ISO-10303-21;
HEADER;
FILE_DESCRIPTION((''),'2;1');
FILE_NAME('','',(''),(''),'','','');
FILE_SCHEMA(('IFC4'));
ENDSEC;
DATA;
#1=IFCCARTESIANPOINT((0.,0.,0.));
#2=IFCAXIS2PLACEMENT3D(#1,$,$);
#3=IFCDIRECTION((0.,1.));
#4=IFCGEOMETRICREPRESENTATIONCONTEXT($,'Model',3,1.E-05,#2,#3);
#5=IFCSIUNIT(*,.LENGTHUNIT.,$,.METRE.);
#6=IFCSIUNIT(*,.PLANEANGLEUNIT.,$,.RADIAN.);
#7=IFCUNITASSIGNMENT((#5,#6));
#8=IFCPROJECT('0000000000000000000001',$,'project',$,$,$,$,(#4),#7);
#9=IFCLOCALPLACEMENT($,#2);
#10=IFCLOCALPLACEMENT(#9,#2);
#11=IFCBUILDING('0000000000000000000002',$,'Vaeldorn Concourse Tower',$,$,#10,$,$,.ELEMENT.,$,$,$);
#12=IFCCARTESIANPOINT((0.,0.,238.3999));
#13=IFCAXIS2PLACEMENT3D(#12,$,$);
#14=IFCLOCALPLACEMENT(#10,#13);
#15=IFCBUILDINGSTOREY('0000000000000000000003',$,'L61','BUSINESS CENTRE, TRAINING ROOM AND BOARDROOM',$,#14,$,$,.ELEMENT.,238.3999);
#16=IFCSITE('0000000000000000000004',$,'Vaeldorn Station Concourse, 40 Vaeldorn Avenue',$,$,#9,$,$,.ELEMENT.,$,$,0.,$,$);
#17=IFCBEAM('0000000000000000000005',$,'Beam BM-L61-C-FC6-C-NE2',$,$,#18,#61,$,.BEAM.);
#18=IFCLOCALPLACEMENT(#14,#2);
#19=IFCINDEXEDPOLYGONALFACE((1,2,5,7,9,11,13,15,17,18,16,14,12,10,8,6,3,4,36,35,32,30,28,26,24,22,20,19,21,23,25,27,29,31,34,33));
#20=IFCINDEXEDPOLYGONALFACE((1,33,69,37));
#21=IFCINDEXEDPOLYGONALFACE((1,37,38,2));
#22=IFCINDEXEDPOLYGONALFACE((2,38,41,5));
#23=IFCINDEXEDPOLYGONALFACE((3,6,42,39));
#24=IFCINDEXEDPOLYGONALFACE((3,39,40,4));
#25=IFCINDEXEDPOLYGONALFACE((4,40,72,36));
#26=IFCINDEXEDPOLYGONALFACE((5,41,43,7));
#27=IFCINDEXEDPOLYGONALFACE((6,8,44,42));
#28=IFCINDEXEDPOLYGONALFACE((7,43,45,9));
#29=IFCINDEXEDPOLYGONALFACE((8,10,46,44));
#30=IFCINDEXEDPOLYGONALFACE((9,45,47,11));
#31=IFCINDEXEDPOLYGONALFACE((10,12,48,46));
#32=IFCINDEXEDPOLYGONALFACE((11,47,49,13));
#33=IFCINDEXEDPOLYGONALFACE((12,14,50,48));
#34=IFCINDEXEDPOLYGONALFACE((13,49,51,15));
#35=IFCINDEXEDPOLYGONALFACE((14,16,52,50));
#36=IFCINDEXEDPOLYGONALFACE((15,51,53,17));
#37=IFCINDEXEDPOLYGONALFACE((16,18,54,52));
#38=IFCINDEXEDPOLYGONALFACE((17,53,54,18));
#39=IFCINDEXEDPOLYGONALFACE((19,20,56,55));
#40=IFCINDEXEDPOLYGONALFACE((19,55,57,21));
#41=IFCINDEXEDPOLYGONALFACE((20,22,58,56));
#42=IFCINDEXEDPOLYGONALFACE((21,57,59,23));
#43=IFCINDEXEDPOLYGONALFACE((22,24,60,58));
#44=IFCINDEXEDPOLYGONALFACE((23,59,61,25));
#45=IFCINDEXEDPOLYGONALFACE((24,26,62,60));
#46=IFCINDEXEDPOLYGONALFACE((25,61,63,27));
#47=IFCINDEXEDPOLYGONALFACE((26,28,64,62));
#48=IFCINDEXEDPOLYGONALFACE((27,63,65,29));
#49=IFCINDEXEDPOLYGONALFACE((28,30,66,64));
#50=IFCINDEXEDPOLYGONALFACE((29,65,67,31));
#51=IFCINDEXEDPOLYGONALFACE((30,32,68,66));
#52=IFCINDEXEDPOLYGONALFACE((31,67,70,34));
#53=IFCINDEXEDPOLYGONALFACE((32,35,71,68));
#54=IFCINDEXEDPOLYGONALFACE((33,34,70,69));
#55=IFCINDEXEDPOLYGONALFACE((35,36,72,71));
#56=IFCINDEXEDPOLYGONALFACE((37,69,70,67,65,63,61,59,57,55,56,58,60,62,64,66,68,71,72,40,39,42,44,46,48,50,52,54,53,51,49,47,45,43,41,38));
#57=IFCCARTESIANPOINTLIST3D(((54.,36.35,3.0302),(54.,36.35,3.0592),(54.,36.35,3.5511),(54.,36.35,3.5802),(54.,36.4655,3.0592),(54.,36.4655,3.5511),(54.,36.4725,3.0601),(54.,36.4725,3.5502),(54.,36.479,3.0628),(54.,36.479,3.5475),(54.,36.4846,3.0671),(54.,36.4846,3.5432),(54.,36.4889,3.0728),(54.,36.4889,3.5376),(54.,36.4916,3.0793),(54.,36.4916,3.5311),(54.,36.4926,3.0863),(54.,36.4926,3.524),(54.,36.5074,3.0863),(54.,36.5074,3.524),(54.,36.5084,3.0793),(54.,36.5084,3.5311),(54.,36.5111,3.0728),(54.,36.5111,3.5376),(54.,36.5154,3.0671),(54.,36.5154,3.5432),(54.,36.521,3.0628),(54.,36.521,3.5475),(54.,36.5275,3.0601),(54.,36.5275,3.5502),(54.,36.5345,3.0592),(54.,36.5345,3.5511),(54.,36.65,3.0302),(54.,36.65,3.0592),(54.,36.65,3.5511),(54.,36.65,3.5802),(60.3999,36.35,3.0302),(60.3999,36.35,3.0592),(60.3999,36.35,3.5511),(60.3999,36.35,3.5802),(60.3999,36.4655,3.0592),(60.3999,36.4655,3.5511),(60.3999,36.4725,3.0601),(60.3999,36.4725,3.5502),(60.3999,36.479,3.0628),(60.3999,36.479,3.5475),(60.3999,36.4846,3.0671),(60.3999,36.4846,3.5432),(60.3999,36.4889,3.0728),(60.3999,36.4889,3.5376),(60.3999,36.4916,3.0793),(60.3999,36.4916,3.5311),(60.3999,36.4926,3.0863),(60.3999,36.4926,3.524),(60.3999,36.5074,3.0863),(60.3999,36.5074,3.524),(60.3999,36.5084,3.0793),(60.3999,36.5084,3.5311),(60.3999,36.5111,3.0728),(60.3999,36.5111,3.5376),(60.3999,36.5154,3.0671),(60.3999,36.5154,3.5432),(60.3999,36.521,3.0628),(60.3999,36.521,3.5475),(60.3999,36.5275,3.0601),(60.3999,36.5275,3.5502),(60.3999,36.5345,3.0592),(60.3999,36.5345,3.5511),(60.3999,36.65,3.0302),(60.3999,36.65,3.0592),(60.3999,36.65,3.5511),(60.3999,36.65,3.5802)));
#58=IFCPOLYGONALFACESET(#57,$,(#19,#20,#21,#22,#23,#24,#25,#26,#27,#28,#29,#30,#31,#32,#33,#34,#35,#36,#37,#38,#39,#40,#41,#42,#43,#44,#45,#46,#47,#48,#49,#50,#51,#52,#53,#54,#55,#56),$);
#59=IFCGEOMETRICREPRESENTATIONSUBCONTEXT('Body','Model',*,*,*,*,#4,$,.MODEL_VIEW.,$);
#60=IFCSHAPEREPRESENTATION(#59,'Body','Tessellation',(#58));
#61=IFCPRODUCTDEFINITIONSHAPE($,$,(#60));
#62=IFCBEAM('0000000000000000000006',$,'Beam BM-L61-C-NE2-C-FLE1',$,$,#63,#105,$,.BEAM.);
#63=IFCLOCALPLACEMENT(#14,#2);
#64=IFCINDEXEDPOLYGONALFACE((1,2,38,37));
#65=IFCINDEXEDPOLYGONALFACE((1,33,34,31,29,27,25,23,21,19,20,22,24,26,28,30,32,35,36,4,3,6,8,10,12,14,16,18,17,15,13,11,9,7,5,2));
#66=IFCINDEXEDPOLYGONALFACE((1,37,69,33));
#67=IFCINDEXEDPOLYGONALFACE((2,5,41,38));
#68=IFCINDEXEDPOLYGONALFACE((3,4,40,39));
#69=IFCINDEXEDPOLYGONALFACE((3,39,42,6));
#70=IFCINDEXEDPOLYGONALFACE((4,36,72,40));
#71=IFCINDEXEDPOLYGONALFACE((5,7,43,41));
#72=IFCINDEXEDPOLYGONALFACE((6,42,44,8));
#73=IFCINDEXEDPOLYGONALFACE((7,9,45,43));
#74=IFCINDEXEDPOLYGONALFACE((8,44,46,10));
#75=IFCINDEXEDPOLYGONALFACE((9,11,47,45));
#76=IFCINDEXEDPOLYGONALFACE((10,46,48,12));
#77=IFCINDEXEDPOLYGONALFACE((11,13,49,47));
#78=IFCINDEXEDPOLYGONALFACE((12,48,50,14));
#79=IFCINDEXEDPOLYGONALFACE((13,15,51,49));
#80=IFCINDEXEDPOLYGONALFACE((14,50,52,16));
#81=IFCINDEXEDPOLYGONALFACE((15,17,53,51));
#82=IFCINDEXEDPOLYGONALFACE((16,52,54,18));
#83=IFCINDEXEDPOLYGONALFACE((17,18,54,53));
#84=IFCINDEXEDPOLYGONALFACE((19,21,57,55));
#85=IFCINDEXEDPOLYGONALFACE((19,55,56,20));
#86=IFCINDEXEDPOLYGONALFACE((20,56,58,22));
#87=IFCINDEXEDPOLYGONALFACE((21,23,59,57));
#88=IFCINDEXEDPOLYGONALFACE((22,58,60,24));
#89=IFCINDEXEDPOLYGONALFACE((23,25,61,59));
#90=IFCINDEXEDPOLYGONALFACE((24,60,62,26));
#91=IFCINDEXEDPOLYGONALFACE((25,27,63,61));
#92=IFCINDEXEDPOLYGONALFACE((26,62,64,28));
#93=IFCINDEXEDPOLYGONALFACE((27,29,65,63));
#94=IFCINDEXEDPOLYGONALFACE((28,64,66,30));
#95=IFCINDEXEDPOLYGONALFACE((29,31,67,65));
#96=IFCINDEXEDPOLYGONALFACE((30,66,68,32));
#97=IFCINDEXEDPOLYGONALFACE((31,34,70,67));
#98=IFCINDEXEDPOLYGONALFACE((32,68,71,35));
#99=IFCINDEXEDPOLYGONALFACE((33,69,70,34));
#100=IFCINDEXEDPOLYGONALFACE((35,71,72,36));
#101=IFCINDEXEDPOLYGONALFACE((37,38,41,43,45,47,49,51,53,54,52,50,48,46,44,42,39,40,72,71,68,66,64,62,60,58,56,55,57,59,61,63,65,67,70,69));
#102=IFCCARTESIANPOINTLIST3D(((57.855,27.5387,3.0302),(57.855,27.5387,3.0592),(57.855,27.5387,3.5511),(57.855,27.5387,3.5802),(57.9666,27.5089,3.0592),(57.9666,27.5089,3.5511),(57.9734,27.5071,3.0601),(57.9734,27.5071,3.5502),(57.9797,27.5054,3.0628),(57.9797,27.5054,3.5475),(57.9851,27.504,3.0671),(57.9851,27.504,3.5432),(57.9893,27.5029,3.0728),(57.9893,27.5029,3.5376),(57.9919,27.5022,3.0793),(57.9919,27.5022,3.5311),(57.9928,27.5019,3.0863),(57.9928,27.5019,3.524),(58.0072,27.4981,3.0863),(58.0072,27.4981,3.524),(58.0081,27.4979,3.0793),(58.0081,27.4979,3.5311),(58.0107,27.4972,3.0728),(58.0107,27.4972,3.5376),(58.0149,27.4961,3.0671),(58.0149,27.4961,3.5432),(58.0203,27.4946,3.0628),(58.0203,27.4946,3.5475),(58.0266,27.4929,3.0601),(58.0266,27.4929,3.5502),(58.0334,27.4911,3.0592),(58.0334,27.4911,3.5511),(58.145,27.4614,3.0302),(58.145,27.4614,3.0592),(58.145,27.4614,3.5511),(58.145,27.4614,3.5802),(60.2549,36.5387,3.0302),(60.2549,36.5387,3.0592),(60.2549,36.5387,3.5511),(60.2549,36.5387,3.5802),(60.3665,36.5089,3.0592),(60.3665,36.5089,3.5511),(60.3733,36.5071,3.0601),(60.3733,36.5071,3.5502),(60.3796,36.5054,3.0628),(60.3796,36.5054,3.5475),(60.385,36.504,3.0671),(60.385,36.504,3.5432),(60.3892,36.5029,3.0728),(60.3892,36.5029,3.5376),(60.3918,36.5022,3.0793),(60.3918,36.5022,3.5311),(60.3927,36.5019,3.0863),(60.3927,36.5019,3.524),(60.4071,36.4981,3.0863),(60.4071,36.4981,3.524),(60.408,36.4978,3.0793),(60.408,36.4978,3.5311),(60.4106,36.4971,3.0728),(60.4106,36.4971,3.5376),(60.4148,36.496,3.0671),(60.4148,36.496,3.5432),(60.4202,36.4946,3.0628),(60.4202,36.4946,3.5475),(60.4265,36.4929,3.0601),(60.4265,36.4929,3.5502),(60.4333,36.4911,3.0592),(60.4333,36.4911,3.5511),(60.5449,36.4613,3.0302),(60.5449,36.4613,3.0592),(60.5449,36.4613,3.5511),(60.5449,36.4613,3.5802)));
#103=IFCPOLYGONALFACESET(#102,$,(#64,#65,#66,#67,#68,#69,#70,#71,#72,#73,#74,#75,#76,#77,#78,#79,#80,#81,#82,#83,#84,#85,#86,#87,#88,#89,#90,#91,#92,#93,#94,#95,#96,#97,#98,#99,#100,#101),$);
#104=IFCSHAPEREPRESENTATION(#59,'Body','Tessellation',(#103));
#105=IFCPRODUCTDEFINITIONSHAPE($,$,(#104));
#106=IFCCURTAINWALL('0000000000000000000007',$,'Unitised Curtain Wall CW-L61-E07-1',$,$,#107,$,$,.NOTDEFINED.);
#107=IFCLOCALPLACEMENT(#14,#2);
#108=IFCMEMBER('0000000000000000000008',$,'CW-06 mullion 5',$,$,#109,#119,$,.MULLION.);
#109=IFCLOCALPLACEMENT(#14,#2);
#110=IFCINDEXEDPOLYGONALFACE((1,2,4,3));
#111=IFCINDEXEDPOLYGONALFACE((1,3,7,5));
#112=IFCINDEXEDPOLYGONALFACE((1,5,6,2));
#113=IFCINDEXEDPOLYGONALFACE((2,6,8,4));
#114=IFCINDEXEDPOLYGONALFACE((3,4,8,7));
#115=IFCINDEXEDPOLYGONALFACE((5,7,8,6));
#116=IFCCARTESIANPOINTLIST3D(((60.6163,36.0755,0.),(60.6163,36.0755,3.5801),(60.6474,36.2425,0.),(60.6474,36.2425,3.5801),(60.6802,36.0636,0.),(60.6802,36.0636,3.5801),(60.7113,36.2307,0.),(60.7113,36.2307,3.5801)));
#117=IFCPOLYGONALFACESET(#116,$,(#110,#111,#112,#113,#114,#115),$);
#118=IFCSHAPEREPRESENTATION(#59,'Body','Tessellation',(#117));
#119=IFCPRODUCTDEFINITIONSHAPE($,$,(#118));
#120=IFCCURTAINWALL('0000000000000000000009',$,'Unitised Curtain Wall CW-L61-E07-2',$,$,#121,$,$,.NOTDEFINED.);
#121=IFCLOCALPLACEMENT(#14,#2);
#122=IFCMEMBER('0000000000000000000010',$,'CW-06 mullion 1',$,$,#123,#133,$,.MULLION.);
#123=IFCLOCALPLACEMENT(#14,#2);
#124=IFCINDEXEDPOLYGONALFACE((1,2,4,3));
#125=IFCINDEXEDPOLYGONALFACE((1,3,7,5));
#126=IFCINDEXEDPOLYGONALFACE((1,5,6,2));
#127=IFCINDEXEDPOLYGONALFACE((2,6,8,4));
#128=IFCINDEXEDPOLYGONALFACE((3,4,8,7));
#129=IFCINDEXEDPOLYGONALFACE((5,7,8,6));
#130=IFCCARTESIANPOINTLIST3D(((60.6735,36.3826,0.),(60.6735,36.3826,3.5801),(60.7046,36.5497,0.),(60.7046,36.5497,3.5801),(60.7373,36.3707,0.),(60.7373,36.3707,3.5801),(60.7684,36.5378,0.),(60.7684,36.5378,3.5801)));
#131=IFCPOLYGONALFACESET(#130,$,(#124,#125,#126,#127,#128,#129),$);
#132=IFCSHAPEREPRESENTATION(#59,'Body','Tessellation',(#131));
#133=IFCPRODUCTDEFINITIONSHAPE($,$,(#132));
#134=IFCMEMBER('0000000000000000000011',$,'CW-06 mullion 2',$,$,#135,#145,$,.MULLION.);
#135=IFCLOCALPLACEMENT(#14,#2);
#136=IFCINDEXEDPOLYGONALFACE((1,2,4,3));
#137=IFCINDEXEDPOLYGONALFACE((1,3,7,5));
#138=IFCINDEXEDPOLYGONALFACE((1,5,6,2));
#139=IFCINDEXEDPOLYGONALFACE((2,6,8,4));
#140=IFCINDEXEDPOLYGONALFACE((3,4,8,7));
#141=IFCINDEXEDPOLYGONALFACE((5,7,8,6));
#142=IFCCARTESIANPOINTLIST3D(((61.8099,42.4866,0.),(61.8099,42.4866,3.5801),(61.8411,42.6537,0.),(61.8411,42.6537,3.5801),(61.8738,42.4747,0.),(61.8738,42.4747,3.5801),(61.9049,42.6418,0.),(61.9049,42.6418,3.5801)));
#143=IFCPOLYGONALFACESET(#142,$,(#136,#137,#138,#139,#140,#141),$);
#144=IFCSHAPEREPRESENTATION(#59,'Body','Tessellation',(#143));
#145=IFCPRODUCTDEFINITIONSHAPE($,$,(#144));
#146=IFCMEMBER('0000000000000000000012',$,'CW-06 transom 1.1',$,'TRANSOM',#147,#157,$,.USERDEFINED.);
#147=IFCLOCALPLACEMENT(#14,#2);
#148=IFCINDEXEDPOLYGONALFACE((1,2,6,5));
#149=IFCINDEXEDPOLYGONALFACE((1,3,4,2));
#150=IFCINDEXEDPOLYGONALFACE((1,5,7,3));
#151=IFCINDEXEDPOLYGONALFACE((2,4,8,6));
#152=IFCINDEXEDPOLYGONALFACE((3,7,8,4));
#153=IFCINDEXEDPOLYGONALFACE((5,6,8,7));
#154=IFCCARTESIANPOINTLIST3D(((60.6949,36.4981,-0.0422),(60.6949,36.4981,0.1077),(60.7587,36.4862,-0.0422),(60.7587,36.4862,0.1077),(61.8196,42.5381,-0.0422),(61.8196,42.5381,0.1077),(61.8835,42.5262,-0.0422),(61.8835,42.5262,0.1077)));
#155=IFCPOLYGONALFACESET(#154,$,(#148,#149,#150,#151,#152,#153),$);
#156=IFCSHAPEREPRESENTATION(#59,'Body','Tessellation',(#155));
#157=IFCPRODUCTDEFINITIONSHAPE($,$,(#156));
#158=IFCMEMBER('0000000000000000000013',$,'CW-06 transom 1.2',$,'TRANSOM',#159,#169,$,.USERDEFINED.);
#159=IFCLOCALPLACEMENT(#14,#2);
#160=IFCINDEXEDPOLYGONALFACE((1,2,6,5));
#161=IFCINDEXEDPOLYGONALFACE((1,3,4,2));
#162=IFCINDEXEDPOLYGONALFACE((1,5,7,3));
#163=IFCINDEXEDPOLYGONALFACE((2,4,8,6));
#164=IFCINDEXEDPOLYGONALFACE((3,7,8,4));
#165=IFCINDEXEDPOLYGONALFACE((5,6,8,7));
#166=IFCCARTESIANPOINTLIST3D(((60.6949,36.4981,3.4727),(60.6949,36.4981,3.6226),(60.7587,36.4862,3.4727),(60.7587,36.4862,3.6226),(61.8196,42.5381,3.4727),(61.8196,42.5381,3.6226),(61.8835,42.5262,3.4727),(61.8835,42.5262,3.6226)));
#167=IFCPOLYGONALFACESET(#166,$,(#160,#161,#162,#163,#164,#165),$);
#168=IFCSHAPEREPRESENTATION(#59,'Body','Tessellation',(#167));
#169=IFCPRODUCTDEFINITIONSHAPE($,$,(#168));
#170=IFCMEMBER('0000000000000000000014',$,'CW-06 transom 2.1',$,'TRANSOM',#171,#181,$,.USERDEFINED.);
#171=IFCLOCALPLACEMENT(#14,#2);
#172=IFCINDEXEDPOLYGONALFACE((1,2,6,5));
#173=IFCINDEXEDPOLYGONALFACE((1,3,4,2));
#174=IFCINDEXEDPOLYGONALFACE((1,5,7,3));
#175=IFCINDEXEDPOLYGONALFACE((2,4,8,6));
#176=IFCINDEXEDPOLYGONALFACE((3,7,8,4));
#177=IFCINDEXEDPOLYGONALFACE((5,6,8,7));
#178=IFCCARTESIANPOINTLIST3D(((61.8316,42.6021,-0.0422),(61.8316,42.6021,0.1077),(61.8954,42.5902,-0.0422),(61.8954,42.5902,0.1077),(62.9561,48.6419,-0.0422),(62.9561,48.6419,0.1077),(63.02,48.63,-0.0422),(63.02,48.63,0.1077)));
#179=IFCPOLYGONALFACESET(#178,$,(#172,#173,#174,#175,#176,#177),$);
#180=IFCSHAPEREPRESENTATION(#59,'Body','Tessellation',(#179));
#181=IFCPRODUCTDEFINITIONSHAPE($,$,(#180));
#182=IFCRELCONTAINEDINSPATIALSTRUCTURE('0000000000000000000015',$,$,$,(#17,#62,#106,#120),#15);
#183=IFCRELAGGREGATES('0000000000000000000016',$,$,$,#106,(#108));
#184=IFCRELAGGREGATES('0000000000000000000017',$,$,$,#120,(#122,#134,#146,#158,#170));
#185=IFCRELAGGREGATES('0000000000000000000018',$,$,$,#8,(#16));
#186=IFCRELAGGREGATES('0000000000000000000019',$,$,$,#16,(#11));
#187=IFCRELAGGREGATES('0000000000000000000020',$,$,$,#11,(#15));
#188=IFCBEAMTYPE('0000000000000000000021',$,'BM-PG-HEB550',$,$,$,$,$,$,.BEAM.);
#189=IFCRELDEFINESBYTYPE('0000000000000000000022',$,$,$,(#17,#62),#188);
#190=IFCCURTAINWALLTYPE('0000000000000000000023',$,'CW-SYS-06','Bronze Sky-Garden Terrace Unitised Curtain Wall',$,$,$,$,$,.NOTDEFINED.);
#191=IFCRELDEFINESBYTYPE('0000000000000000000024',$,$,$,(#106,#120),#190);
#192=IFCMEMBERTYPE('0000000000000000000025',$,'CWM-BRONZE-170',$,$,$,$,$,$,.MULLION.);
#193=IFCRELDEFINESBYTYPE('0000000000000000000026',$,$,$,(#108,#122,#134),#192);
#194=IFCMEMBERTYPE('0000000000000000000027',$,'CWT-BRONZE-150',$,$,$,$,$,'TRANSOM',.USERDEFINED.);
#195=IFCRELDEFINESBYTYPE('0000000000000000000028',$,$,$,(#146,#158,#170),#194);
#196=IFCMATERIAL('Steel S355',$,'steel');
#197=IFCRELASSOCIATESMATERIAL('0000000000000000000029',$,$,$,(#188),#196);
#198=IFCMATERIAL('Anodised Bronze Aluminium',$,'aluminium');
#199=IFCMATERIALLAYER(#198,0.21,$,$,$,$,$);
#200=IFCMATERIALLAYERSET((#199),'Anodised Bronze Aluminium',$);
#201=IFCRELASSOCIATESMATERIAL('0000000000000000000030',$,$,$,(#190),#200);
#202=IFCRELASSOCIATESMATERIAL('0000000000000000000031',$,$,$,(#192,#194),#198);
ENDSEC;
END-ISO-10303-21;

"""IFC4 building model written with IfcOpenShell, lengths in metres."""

from ifc_helpers import new_model, si_unit, direction, frame, origin, origin_2d, place, context, subcontext, project, spatial, rectangle, i_section, extrude, source, transform, mapped, material, layer, layer_set, material_profile, profile_set, type_object, element, aggregate, save


model = new_model("IFC4")

# Units and contexts
model_context = context("Model", 3, precision=1e-05, world=origin(), true_north=direction((0.0, 1.0)))
body_context = subcontext(model_context, "Body", "Model", "MODEL_VIEW")
ifc_project = project(units=[si_unit("LENGTHUNIT", "METRE"), si_unit("PLANEANGLEUNIT", "RADIAN")], contexts=[model_context])

# Site, building, storey
site_placement = place(None, origin())
site = spatial("IfcSite", under=ifc_project, at=site_placement, Name="Vaeldorn Station Concourse, 40 Vaeldorn Avenue", CompositionType="ELEMENT", RefElevation=0.0)
building_placement = place(site_placement, origin())
building = spatial("IfcBuilding", under=site, at=building_placement, Name="Vaeldorn Concourse Tower", CompositionType="ELEMENT")
storey_placement = place(building_placement, frame((0.0, 0.0, 238.3999)))
storey = spatial("IfcBuildingStorey", under=building, at=storey_placement, Name="L61", Description="BUSINESS CENTRE, TRAINING ROOM AND BOARDROOM", CompositionType="ELEMENT", Elevation=238.3999)

# Shared definitions
ifc_material_1 = material(Name="Steel S355", Category="steel")

# Beams
ifc_material_profile_1 = material_profile(ifc_material_1, i_section(OverallWidth=0.3, OverallDepth=0.55, WebThickness=0.0149, FlangeThickness=0.0291, FilletRadius=0.0271, at=origin_2d()), Name="HEB 550")
ifc_profile_set_1 = profile_set([ifc_material_profile_1], Name="Steel S355")
beam_type_1 = type_object("IfcBeamType", Name="BM-PG-HEB550", PredefinedType="BEAM", material=ifc_profile_set_1)
shared_shape_1 = source(origin(), body_context, "Body", "SweptSolid", [
    extrude(i_section(OverallWidth=0.3, OverallDepth=0.55, WebThickness=0.0149, FlangeThickness=0.0291, FilletRadius=0.0271, at=origin_2d()), origin(), (0.0, 0.0, 1.0), 6.3999),
])
beam_1_placement = place(storey_placement, frame((54.0, 36.5, 3.3052), z_axis=(1.0, 0.0, 0.0), x_axis=(0.0, 1.0, 0.0)))
element("IfcBeam", 1, at=beam_1_placement, inside=storey, type_object=beam_type_1, Name="Beam BM-L61-C-FC6-C-NE2", PredefinedType="BEAM", context=body_context, shape_type="MappedRepresentation", body=[
    mapped(shared_shape_1, transform((0.0, 0.0, 0.0), scale=1.0)),
])
shared_shape_2 = source(origin(), body_context, "Body", "SweptSolid", [
    extrude(i_section(OverallWidth=0.3, OverallDepth=0.55, WebThickness=0.0149, FlangeThickness=0.0291, FilletRadius=0.0271, at=origin_2d()), origin(), (0.0, 0.0, 1.0), 9.3145),
])
beam_2_placement = place(storey_placement, frame((60.3999, 36.5, 3.3052), z_axis=(-0.257653, -0.966238, 0.0), x_axis=(0.966238, -0.257653, 0.0)))
element("IfcBeam", 2, at=beam_2_placement, inside=storey, type_object=beam_type_1, Name="Beam BM-L61-C-NE2-C-FLE1", PredefinedType="BEAM", context=body_context, shape_type="MappedRepresentation", body=[
    mapped(shared_shape_2, transform((0.0, 0.0, 0.0), scale=1.0)),
])

# Curtain wall, member
ifc_material_2 = material(Name="Anodised Bronze Aluminium", Category="aluminium")
ifc_layer_1 = layer(ifc_material_2, 0.21)
ifc_layer_set_1 = layer_set([ifc_layer_1], Name="Anodised Bronze Aluminium")
curtain_wall_type = type_object("IfcCurtainWallType", Name="CW-SYS-06", Description="Bronze Sky-Garden Terrace Unitised Curtain Wall", PredefinedType="NOTDEFINED", material=ifc_layer_set_1)
curtain_wall_1_placement = place(storey_placement, origin())
curtain_wall_1 = element("IfcCurtainWall", 3, at=curtain_wall_1_placement, inside=storey, type_object=curtain_wall_type, Name="Unitised Curtain Wall CW-L61-E07-1", PredefinedType="NOTDEFINED")
ifc_material_profile_2 = material_profile(ifc_material_2, rectangle(XDim=0.0649, YDim=0.1699, at=origin_2d()), Name="CWM 65x170")
ifc_profile_set_2 = profile_set([ifc_material_profile_2], Name="Anodised Bronze Aluminium")
member_type_1 = type_object("IfcMemberType", Name="CWM-BRONZE-170", PredefinedType="MULLION", material=ifc_profile_set_2)
shared_shape_3 = source(origin(), body_context, "Body", "SweptSolid", [
    extrude(rectangle(XDim=0.0649, YDim=0.1699, at=origin_2d()), origin(), (0.0, 0.0, 1.0), 3.5801),
])
member_1_placement = place(storey_placement, frame((60.6638, 36.1531, 0.0), z_axis=(0.0, 0.0, 1.0), x_axis=(-0.983103, 0.183055, 0.0)))
member_1 = element("IfcMember", 4, at=member_1_placement, type_object=member_type_1, Name="CW-06 mullion 5", PredefinedType="MULLION", context=body_context, shape_type="MappedRepresentation", body=[
    mapped(shared_shape_3, transform((0.0, 0.0, 0.0), scale=1.0)),
])
aggregate(curtain_wall_1, [member_1])

# Curtain wall, members
curtain_wall_2_placement = place(storey_placement, origin())
curtain_wall_2 = element("IfcCurtainWall", 5, at=curtain_wall_2_placement, inside=storey, type_object=curtain_wall_type, Name="Unitised Curtain Wall CW-L61-E07-2", PredefinedType="NOTDEFINED")
member_2_placement = place(storey_placement, frame((60.7209, 36.4602, 0.0), z_axis=(0.0, 0.0, 1.0), x_axis=(-0.983103, 0.183054, 0.0)))
member_2 = element("IfcMember", 6, at=member_2_placement, type_object=member_type_1, Name="CW-06 mullion 1", PredefinedType="MULLION", context=body_context, shape_type="MappedRepresentation", body=[
    mapped(shared_shape_3, transform((0.0, 0.0, 0.0), scale=1.0)),
])
member_3_placement = place(storey_placement, frame((61.8574, 42.5642, 0.0), z_axis=(0.0, 0.0, 1.0), x_axis=(-0.983103, 0.183054, 0.0)))
member_3 = element("IfcMember", 7, at=member_3_placement, type_object=member_type_1, Name="CW-06 mullion 2", PredefinedType="MULLION", context=body_context, shape_type="MappedRepresentation", body=[
    mapped(shared_shape_3, transform((0.0, 0.0, 0.0), scale=1.0)),
])
ifc_material_profile_3 = material_profile(ifc_material_2, rectangle(XDim=0.0649, YDim=0.1499, at=origin_2d()), Name="CWT 65x150")
ifc_profile_set_3 = profile_set([ifc_material_profile_3], Name="Anodised Bronze Aluminium")
member_type_2 = type_object("IfcMemberType", Name="CWT-BRONZE-150", ElementType="TRANSOM", PredefinedType="USERDEFINED", material=ifc_profile_set_3)
shared_shape_4 = source(origin(), body_context, "Body", "SweptSolid", [
    extrude(rectangle(XDim=0.0649, YDim=0.1499, at=origin_2d()), origin(), (0.0, 0.0, 1.0), 6.1438),
])
member_4_placement = place(storey_placement, frame((60.7268, 36.4922, 0.0327), z_axis=(0.18307, 0.9831, 0.0), x_axis=(-0.9831, 0.18307, 0.0)))
member_4 = element("IfcMember", 8, at=member_4_placement, type_object=member_type_2, Name="CW-06 transom 1.1", ObjectType="TRANSOM", PredefinedType="USERDEFINED", context=body_context, shape_type="MappedRepresentation", body=[
    mapped(shared_shape_4, transform((0.0, 0.0, 0.0), scale=1.0)),
])
member_5_placement = place(storey_placement, frame((60.7268, 36.4922, 3.5476), z_axis=(0.18307, 0.9831, 0.0), x_axis=(-0.9831, 0.18307, 0.0)))
member_5 = element("IfcMember", 9, at=member_5_placement, type_object=member_type_2, Name="CW-06 transom 1.2", ObjectType="TRANSOM", PredefinedType="USERDEFINED", context=body_context, shape_type="MappedRepresentation", body=[
    mapped(shared_shape_4, transform((0.0, 0.0, 0.0), scale=1.0)),
])
shared_shape_5 = source(origin(), body_context, "Body", "SweptSolid", [
    extrude(rectangle(XDim=0.0649, YDim=0.1499, at=origin_2d()), origin(), (0.0, 0.0, 1.0), 6.1436),
])
member_6_placement = place(storey_placement, frame((61.8635, 42.5962, 0.0327), z_axis=(0.183038, 0.983106, 0.0), x_axis=(-0.983106, 0.183038, 0.0)))
member_6 = element("IfcMember", 10, at=member_6_placement, type_object=member_type_2, Name="CW-06 transom 2.1", ObjectType="TRANSOM", PredefinedType="USERDEFINED", context=body_context, shape_type="MappedRepresentation", body=[
    mapped(shared_shape_5, transform((0.0, 0.0, 0.0), scale=1.0)),
])
aggregate(curtain_wall_2, [member_2, member_3, member_4, member_5, member_6])

save(model, "model.ifc")
